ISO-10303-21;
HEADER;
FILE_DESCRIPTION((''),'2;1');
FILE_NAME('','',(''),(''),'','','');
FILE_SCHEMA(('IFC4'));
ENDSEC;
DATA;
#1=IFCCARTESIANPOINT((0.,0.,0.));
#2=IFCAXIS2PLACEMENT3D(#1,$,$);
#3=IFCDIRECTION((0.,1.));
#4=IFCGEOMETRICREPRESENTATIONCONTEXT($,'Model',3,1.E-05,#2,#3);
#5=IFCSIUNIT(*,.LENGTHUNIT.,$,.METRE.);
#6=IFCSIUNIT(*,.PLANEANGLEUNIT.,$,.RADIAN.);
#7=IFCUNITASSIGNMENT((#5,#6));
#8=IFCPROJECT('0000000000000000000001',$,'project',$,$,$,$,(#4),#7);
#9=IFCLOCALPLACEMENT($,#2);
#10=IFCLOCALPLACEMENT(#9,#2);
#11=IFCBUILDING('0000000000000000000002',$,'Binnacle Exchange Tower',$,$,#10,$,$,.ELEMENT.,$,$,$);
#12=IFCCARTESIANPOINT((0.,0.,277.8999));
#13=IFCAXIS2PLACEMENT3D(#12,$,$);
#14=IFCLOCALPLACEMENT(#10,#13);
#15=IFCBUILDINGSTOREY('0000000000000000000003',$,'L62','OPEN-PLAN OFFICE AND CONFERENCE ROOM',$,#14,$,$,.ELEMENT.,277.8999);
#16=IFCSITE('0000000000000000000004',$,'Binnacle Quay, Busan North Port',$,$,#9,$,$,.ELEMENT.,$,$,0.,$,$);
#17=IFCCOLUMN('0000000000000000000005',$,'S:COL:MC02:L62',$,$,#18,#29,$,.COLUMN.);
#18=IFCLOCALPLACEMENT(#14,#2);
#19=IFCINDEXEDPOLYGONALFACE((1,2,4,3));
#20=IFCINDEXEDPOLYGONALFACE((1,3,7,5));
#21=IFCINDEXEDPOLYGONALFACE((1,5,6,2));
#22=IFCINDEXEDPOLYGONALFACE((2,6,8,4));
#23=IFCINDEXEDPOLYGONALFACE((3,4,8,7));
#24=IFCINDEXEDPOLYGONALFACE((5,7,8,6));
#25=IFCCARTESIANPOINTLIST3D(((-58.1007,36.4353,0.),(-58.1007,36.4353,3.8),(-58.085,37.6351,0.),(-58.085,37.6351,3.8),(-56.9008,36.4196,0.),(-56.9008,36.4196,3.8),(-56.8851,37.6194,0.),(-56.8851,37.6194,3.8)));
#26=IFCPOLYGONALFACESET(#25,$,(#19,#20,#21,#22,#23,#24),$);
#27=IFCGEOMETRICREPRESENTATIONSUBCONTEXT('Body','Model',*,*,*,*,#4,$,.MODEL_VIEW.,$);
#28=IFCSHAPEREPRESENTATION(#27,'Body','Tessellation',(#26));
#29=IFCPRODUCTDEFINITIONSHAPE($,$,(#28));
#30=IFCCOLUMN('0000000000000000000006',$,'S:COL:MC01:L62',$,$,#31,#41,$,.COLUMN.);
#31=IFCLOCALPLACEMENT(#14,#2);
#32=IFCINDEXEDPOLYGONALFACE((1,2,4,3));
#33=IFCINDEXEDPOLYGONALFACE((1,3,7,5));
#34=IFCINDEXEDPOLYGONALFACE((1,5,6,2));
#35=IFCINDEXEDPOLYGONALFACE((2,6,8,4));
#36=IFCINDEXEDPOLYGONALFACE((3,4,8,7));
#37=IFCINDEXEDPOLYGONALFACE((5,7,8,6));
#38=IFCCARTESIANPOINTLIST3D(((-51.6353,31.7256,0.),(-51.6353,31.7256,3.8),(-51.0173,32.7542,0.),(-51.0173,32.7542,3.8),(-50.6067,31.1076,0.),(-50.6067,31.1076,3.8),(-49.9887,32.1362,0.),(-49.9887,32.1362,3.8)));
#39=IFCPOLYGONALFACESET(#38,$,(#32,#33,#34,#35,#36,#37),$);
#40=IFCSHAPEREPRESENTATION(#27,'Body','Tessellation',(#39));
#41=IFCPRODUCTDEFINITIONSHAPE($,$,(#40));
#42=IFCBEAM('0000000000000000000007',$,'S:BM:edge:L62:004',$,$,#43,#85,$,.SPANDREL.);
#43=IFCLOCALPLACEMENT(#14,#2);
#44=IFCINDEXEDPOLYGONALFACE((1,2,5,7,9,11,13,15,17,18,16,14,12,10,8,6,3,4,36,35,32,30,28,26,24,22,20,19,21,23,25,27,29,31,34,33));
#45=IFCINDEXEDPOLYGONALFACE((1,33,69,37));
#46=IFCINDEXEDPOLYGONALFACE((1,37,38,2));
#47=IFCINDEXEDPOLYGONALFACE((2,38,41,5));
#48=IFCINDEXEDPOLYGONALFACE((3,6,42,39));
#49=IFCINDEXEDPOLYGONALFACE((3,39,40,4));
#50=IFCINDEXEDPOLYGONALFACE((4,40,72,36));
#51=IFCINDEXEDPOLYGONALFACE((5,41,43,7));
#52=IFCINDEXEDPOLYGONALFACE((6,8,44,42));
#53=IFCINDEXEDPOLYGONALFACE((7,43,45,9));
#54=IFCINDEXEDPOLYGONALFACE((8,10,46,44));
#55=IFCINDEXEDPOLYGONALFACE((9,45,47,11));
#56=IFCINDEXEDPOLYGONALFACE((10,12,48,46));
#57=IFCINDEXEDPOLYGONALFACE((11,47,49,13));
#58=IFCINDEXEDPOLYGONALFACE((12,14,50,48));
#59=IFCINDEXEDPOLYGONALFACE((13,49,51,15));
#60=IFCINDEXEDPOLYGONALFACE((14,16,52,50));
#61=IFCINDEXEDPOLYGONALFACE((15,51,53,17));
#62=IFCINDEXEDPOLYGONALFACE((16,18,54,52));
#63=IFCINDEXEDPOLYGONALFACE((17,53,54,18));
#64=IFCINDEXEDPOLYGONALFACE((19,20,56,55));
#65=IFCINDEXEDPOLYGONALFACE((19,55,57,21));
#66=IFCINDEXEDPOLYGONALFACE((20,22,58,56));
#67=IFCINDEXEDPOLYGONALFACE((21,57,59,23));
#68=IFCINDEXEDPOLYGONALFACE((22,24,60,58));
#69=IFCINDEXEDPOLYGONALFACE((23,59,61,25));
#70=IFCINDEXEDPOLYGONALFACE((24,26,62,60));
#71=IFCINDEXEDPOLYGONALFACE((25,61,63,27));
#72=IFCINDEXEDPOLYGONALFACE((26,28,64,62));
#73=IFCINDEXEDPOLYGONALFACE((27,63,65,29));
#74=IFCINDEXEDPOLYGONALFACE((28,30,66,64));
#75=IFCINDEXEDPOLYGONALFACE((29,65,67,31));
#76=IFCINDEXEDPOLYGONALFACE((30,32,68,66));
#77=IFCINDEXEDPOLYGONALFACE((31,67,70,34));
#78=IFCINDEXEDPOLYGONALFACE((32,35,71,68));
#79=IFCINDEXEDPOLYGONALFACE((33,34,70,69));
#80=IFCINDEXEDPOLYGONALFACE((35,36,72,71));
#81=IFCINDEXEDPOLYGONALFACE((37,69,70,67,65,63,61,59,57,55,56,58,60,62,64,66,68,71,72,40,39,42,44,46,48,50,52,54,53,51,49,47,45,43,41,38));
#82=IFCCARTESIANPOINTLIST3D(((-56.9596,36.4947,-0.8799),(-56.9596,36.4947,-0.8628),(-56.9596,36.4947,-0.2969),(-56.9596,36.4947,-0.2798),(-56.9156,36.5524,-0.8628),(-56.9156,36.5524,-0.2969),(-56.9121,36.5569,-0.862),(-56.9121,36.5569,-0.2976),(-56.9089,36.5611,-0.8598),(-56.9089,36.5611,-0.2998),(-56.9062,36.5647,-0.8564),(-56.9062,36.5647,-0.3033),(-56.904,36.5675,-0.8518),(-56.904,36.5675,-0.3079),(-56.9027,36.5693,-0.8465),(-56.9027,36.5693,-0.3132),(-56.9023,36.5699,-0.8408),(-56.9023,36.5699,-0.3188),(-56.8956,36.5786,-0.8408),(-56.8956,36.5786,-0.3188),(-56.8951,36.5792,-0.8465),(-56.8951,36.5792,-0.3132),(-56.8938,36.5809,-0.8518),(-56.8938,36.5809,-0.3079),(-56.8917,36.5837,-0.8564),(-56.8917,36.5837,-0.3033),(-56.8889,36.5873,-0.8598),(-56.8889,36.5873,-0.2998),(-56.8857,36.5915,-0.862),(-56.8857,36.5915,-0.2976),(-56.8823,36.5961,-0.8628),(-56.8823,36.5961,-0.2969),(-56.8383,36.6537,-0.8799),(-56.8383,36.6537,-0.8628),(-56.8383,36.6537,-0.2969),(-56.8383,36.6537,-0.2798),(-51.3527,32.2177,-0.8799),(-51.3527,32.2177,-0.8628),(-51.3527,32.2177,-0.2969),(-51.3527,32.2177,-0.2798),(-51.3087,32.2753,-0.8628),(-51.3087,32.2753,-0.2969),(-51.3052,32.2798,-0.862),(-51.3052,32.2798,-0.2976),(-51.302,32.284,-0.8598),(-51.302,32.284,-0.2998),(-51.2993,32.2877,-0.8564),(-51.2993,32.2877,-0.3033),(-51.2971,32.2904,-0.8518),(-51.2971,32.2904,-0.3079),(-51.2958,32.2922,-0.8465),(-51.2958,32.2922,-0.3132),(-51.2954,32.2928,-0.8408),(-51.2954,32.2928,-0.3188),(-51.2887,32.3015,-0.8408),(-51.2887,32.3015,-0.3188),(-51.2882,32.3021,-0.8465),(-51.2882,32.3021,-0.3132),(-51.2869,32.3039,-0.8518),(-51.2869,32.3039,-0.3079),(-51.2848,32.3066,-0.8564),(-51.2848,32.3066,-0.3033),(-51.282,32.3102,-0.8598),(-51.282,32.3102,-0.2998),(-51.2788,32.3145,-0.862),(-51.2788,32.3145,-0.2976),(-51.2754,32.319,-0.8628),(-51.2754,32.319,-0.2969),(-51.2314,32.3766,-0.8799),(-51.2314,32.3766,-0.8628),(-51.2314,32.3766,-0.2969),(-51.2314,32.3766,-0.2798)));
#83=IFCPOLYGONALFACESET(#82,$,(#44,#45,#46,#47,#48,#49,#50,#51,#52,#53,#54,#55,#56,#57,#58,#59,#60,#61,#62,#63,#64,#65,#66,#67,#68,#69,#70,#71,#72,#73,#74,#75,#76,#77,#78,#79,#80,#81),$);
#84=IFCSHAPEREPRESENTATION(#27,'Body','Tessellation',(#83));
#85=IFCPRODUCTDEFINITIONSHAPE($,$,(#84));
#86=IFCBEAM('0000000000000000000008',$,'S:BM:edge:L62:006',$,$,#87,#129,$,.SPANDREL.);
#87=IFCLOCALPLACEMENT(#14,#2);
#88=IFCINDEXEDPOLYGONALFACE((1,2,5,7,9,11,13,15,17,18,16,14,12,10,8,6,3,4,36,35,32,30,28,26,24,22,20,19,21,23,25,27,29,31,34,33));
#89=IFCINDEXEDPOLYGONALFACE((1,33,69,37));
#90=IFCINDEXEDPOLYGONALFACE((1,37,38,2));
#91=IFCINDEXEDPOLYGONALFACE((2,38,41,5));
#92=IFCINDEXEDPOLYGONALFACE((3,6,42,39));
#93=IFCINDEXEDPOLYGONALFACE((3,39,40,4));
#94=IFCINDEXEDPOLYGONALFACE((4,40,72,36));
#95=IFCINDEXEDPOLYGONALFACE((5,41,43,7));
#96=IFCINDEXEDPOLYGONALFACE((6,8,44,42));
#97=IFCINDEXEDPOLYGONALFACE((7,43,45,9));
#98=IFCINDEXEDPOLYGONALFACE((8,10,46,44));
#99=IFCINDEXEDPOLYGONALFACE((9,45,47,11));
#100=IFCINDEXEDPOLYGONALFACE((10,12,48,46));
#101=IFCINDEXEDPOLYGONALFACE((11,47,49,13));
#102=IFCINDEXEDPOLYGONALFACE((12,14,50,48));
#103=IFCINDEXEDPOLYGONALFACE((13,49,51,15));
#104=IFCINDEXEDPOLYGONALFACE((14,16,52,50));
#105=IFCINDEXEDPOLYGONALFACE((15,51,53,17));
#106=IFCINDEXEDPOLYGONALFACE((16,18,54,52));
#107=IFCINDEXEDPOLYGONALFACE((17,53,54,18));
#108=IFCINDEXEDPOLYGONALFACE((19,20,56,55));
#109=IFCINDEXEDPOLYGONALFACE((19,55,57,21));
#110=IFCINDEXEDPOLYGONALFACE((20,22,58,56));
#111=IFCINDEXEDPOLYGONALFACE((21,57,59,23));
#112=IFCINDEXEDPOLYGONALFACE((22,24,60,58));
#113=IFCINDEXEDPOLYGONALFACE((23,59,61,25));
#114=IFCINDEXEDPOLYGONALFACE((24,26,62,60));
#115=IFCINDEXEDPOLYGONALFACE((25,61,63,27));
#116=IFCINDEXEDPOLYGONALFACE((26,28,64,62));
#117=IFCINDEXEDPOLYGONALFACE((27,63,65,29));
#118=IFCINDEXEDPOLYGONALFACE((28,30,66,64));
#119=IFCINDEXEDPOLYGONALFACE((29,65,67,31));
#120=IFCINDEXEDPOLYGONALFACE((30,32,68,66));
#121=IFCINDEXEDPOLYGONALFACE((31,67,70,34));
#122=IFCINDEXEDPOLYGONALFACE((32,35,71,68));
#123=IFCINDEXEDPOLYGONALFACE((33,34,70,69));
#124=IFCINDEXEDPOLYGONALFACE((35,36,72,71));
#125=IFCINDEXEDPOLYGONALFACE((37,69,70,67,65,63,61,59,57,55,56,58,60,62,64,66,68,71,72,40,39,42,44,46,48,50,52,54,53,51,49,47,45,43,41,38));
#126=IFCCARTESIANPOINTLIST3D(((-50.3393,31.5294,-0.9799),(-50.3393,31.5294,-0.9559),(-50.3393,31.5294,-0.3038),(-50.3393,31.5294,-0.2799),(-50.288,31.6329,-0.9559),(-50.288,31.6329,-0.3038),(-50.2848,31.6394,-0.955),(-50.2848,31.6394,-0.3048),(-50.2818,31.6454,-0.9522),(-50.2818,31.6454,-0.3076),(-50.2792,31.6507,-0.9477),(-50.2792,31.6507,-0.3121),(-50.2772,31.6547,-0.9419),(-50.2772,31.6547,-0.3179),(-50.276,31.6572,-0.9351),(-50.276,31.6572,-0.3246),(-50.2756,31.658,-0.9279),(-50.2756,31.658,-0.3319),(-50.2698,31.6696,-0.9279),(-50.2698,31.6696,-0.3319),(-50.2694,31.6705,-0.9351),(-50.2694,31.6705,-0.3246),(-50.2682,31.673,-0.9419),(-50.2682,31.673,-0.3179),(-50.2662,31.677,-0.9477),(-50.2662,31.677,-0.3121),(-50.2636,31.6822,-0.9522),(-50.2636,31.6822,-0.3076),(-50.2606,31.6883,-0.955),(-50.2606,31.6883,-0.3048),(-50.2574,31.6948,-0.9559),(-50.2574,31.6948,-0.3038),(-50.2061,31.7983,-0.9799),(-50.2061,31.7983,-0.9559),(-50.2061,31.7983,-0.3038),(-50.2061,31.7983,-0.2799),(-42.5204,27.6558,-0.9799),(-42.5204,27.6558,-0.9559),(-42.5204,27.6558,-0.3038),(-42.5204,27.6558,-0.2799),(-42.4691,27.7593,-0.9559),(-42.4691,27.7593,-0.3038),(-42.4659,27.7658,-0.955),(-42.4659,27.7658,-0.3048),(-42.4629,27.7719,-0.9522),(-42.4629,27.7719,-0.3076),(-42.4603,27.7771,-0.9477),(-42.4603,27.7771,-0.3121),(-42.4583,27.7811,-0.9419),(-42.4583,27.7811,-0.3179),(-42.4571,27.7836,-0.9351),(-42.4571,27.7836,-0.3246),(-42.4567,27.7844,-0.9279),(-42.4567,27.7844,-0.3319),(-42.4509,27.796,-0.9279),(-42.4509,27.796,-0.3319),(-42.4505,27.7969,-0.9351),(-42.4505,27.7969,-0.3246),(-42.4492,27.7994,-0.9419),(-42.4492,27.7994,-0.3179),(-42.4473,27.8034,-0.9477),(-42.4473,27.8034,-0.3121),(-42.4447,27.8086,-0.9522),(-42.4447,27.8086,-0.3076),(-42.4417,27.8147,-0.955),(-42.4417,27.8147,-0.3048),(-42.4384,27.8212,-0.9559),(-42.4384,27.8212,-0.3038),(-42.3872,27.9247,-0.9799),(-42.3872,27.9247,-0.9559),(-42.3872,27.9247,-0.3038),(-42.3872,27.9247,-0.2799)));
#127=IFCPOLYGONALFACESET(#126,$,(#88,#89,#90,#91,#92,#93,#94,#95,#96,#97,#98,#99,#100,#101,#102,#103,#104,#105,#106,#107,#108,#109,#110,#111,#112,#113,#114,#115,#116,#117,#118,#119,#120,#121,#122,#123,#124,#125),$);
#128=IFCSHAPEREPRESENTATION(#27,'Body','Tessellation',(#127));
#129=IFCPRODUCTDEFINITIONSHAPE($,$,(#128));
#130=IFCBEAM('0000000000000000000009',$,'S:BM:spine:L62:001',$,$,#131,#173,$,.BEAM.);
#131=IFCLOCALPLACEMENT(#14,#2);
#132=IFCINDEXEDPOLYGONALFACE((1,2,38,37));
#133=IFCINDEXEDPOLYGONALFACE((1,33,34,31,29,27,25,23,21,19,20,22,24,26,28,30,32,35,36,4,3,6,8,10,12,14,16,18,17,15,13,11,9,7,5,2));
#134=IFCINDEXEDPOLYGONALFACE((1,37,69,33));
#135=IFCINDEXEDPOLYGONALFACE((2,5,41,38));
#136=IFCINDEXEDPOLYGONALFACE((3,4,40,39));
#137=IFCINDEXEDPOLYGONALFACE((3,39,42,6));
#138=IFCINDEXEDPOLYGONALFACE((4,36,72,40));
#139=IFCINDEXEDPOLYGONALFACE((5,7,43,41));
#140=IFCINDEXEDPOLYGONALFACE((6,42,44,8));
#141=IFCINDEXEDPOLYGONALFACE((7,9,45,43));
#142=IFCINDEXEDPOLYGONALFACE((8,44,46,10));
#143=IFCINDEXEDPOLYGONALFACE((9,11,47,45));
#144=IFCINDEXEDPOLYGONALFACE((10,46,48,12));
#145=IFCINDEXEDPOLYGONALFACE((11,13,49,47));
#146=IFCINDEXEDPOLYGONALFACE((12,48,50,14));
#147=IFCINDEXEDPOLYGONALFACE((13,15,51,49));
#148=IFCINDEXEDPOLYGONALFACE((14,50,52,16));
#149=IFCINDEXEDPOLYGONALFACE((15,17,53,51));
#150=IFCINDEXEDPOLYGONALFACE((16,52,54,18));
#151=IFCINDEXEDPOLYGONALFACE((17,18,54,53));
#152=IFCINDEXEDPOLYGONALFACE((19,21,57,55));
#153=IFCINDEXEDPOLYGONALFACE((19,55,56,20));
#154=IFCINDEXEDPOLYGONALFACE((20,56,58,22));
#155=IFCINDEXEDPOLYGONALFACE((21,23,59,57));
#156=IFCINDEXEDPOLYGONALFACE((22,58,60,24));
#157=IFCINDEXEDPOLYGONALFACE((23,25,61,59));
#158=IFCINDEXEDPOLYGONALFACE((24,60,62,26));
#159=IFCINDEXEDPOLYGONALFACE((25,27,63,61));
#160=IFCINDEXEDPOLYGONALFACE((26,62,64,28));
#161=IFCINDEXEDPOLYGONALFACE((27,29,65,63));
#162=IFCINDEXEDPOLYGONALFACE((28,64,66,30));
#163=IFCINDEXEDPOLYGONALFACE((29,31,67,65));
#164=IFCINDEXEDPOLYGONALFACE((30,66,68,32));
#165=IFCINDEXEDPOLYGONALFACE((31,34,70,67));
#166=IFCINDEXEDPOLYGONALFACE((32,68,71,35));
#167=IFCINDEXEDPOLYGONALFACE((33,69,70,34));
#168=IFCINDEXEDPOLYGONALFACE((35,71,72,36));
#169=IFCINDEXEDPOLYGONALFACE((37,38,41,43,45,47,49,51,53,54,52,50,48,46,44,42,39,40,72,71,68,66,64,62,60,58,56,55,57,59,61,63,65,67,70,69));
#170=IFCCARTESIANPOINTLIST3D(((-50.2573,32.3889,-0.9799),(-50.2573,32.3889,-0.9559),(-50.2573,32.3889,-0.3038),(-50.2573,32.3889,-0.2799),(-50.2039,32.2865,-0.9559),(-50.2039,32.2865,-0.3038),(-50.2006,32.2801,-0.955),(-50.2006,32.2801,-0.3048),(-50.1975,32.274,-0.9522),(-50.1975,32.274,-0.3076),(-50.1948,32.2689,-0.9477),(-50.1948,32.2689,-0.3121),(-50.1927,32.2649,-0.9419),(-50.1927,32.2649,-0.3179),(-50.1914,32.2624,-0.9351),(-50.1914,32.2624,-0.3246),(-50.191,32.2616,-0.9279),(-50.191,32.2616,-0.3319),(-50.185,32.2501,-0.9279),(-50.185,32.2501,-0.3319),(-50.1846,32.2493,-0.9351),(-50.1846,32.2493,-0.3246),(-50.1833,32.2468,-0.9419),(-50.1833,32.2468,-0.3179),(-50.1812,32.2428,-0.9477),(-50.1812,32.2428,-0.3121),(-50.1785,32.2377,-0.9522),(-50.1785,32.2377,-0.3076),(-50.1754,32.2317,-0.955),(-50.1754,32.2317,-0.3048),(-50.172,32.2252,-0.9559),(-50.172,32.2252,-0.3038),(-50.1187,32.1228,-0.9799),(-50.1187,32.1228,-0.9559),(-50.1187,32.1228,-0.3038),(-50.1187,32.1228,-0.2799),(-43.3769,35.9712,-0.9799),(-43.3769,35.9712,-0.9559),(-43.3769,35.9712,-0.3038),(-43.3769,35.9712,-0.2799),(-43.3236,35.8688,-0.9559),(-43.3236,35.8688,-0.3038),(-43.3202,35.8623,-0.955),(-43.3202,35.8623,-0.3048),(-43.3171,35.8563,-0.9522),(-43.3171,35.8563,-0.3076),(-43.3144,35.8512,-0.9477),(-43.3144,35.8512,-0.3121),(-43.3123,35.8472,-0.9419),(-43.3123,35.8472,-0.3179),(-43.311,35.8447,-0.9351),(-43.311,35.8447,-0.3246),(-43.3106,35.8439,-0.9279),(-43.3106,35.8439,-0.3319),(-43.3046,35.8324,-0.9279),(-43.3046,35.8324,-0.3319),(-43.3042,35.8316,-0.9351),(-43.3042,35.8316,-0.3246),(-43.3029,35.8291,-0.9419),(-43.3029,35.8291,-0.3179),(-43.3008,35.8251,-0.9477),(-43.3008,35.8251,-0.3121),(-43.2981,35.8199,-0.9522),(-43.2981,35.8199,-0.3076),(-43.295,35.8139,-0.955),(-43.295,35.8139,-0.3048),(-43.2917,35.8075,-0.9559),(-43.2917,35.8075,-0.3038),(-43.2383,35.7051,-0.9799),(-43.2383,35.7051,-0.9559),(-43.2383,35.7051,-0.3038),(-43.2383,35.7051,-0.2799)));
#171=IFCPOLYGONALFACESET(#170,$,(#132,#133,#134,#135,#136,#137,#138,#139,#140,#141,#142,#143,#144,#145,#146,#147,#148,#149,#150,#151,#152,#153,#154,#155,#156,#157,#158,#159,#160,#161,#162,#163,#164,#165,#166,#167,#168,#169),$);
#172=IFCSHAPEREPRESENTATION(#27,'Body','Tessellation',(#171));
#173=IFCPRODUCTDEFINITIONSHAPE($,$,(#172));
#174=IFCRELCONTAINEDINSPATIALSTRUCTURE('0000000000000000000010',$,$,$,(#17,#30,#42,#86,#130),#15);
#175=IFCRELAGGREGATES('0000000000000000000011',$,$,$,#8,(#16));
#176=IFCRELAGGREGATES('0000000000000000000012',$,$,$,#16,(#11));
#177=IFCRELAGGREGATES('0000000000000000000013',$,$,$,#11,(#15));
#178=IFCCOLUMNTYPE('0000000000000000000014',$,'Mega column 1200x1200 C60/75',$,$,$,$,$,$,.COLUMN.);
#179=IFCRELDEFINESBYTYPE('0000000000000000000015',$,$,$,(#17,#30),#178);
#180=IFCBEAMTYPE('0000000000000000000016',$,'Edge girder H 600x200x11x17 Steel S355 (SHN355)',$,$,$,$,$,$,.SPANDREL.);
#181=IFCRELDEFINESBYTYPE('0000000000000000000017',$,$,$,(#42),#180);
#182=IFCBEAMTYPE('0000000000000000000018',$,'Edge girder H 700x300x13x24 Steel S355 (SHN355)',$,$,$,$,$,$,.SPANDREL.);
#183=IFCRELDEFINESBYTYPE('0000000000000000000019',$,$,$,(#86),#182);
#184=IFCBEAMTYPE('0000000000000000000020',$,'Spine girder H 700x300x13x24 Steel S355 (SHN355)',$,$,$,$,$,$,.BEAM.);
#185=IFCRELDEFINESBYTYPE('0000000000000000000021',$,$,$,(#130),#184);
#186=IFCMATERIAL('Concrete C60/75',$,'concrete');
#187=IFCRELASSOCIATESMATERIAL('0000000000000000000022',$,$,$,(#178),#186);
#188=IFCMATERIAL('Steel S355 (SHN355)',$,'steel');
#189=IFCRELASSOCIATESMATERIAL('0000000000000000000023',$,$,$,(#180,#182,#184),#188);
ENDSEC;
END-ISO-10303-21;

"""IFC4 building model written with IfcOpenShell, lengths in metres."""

from ifc_helpers import new_model, si_unit, direction, frame, origin, origin_2d, place, context, subcontext, project, spatial, rectangle, i_section, extrude, material, material_profile, profile_set, type_object, element, save


model = new_model("IFC4")

# Units and contexts
model_context = context("Model", 3, precision=1e-05, world=origin(), true_north=direction((0.0, 1.0)))
body_context = subcontext(model_context, "Body", "Model", "MODEL_VIEW")
ifc_project = project(units=[si_unit("LENGTHUNIT", "METRE"), si_unit("PLANEANGLEUNIT", "RADIAN")], contexts=[model_context])

# Site, building, storey
site_placement = place(None, origin())
site = spatial("IfcSite", under=ifc_project, at=site_placement, Name="Binnacle Quay, Busan North Port", CompositionType="ELEMENT", RefElevation=0.0)
building_placement = place(site_placement, origin())
building = spatial("IfcBuilding", under=site, at=building_placement, Name="Binnacle Exchange Tower", CompositionType="ELEMENT")
storey_placement = place(building_placement, frame((0.0, 0.0, 277.8999)))
storey = spatial("IfcBuildingStorey", under=building, at=storey_placement, Name="L62", Description="OPEN-PLAN OFFICE AND CONFERENCE ROOM", CompositionType="ELEMENT", Elevation=277.8999)

# Columns
ifc_material_1 = material(Name="Concrete C60/75", Category="concrete")
ifc_material_profile_1 = material_profile(ifc_material_1, rectangle(XDim=1.2, YDim=1.2, at=origin_2d()), Name="Mega column 1200x1200 C60/75")
ifc_profile_set_1 = profile_set([ifc_material_profile_1], Name="Concrete C60/75")
column_type = type_object("IfcColumnType", Name="Mega column 1200x1200 C60/75", PredefinedType="COLUMN", material=ifc_profile_set_1)
for number, where, z_axis, x_axis, name in (
    (1, (-57.4929, 37.0273, 0.0), (0.0, 0.0, 1.0), (-0.01309, -0.999914, 0.0), "S:COL:MC02:L62"),
    (2, (-50.812, 31.9309, 0.0), (0.0, 0.0, 1.0), (0.857167, -0.515038, 0.0), "S:COL:MC01:L62"),
):
    element("IfcColumn", number, at=place(storey_placement, frame(where, z_axis=z_axis, x_axis=x_axis)), inside=storey, type_object=column_type, Name=name, PredefinedType="COLUMN", context=body_context, shape_type="SweptSolid", body=[
        extrude(rectangle(XDim=1.2, YDim=1.2, at=origin_2d()), origin(), (0.0, 0.0, 1.0), 3.8),
    ])

# Beams
ifc_material_2 = material(Name="Steel S355 (SHN355)", Category="steel")
ifc_material_profile_2 = material_profile(ifc_material_2, i_section(OverallWidth=0.2, OverallDepth=0.6001, WebThickness=0.011, FlangeThickness=0.0171, FilletRadius=0.022, at=origin_2d()), Name="H 600x200x11x17")
ifc_profile_set_2 = profile_set([ifc_material_profile_2], Name="Steel S355 (SHN355)")
beam_type_1 = type_object("IfcBeamType", Name="Edge girder H 600x200x11x17 Steel S355 (SHN355)", PredefinedType="SPANDREL", material=ifc_profile_set_2)
beam_1_placement = place(storey_placement, frame((-56.8989, 36.5742, -0.5798), z_axis=(0.79508, -0.606505, 0.0), x_axis=(0.606505, 0.79508, 0.0)))
element("IfcBeam", 3, at=beam_1_placement, inside=storey, type_object=beam_type_1, Name="S:BM:edge:L62:004", PredefinedType="SPANDREL", context=body_context, shape_type="SweptSolid", body=[
    extrude(i_section(OverallWidth=0.2, OverallDepth=0.6001, WebThickness=0.011, FlangeThickness=0.0171, FilletRadius=0.022, at=origin_2d()), origin(), (0.0, 0.0, 1.0), 7.052),
])
ifc_material_profile_3 = material_profile(ifc_material_2, i_section(OverallWidth=0.3, OverallDepth=0.7, WebThickness=0.0129, FlangeThickness=0.0239, FilletRadius=0.0281, at=origin_2d()), Name="H 700x300x13x24")
ifc_profile_set_3 = profile_set([ifc_material_profile_3], Name="Steel S355 (SHN355)")
beam_type_2 = type_object("IfcBeamType", Name="Edge girder H 700x300x13x24 Steel S355 (SHN355)", PredefinedType="SPANDREL", material=ifc_profile_set_3)
beam_2_placement = place(storey_placement, frame((-50.2727, 31.6638, -0.6299), z_axis=(0.896066, -0.44392, 0.0), x_axis=(0.44392, 0.896066, 0.0)))
element("IfcBeam", 4, at=beam_2_placement, inside=storey, type_object=beam_type_2, Name="S:BM:edge:L62:006", PredefinedType="SPANDREL", context=body_context, shape_type="SweptSolid", body=[
    extrude(i_section(OverallWidth=0.3, OverallDepth=0.7, WebThickness=0.0129, FlangeThickness=0.0239, FilletRadius=0.0281, at=origin_2d()), origin(), (0.0, 0.0, 1.0), 8.7258),
])
ifc_material_profile_4 = material_profile(ifc_material_2, i_section(OverallWidth=0.3, OverallDepth=0.7, WebThickness=0.0129, FlangeThickness=0.0239, FilletRadius=0.0281, at=origin_2d()), Name="H 700x300x13x24")
ifc_profile_set_4 = profile_set([ifc_material_profile_4], Name="Steel S355 (SHN355)")
beam_type_3 = type_object("IfcBeamType", Name="Spine girder H 700x300x13x24 Steel S355 (SHN355)", PredefinedType="BEAM", material=ifc_profile_set_4)
beam_3_placement = place(storey_placement, frame((-50.188, 32.2559, -0.6299), z_axis=(0.88698, 0.461808, 0.0), x_axis=(-0.461808, 0.88698, 0.0)))
element("IfcBeam", 5, at=beam_3_placement, inside=storey, type_object=beam_type_3, Name="S:BM:spine:L62:001", PredefinedType="BEAM", context=body_context, shape_type="SweptSolid", body=[
    extrude(i_section(OverallWidth=0.3, OverallDepth=0.7, WebThickness=0.0129, FlangeThickness=0.0239, FilletRadius=0.0281, at=origin_2d()), origin(), (0.0, 0.0, 1.0), 7.7571),
])

save(model, "model.ifc")
